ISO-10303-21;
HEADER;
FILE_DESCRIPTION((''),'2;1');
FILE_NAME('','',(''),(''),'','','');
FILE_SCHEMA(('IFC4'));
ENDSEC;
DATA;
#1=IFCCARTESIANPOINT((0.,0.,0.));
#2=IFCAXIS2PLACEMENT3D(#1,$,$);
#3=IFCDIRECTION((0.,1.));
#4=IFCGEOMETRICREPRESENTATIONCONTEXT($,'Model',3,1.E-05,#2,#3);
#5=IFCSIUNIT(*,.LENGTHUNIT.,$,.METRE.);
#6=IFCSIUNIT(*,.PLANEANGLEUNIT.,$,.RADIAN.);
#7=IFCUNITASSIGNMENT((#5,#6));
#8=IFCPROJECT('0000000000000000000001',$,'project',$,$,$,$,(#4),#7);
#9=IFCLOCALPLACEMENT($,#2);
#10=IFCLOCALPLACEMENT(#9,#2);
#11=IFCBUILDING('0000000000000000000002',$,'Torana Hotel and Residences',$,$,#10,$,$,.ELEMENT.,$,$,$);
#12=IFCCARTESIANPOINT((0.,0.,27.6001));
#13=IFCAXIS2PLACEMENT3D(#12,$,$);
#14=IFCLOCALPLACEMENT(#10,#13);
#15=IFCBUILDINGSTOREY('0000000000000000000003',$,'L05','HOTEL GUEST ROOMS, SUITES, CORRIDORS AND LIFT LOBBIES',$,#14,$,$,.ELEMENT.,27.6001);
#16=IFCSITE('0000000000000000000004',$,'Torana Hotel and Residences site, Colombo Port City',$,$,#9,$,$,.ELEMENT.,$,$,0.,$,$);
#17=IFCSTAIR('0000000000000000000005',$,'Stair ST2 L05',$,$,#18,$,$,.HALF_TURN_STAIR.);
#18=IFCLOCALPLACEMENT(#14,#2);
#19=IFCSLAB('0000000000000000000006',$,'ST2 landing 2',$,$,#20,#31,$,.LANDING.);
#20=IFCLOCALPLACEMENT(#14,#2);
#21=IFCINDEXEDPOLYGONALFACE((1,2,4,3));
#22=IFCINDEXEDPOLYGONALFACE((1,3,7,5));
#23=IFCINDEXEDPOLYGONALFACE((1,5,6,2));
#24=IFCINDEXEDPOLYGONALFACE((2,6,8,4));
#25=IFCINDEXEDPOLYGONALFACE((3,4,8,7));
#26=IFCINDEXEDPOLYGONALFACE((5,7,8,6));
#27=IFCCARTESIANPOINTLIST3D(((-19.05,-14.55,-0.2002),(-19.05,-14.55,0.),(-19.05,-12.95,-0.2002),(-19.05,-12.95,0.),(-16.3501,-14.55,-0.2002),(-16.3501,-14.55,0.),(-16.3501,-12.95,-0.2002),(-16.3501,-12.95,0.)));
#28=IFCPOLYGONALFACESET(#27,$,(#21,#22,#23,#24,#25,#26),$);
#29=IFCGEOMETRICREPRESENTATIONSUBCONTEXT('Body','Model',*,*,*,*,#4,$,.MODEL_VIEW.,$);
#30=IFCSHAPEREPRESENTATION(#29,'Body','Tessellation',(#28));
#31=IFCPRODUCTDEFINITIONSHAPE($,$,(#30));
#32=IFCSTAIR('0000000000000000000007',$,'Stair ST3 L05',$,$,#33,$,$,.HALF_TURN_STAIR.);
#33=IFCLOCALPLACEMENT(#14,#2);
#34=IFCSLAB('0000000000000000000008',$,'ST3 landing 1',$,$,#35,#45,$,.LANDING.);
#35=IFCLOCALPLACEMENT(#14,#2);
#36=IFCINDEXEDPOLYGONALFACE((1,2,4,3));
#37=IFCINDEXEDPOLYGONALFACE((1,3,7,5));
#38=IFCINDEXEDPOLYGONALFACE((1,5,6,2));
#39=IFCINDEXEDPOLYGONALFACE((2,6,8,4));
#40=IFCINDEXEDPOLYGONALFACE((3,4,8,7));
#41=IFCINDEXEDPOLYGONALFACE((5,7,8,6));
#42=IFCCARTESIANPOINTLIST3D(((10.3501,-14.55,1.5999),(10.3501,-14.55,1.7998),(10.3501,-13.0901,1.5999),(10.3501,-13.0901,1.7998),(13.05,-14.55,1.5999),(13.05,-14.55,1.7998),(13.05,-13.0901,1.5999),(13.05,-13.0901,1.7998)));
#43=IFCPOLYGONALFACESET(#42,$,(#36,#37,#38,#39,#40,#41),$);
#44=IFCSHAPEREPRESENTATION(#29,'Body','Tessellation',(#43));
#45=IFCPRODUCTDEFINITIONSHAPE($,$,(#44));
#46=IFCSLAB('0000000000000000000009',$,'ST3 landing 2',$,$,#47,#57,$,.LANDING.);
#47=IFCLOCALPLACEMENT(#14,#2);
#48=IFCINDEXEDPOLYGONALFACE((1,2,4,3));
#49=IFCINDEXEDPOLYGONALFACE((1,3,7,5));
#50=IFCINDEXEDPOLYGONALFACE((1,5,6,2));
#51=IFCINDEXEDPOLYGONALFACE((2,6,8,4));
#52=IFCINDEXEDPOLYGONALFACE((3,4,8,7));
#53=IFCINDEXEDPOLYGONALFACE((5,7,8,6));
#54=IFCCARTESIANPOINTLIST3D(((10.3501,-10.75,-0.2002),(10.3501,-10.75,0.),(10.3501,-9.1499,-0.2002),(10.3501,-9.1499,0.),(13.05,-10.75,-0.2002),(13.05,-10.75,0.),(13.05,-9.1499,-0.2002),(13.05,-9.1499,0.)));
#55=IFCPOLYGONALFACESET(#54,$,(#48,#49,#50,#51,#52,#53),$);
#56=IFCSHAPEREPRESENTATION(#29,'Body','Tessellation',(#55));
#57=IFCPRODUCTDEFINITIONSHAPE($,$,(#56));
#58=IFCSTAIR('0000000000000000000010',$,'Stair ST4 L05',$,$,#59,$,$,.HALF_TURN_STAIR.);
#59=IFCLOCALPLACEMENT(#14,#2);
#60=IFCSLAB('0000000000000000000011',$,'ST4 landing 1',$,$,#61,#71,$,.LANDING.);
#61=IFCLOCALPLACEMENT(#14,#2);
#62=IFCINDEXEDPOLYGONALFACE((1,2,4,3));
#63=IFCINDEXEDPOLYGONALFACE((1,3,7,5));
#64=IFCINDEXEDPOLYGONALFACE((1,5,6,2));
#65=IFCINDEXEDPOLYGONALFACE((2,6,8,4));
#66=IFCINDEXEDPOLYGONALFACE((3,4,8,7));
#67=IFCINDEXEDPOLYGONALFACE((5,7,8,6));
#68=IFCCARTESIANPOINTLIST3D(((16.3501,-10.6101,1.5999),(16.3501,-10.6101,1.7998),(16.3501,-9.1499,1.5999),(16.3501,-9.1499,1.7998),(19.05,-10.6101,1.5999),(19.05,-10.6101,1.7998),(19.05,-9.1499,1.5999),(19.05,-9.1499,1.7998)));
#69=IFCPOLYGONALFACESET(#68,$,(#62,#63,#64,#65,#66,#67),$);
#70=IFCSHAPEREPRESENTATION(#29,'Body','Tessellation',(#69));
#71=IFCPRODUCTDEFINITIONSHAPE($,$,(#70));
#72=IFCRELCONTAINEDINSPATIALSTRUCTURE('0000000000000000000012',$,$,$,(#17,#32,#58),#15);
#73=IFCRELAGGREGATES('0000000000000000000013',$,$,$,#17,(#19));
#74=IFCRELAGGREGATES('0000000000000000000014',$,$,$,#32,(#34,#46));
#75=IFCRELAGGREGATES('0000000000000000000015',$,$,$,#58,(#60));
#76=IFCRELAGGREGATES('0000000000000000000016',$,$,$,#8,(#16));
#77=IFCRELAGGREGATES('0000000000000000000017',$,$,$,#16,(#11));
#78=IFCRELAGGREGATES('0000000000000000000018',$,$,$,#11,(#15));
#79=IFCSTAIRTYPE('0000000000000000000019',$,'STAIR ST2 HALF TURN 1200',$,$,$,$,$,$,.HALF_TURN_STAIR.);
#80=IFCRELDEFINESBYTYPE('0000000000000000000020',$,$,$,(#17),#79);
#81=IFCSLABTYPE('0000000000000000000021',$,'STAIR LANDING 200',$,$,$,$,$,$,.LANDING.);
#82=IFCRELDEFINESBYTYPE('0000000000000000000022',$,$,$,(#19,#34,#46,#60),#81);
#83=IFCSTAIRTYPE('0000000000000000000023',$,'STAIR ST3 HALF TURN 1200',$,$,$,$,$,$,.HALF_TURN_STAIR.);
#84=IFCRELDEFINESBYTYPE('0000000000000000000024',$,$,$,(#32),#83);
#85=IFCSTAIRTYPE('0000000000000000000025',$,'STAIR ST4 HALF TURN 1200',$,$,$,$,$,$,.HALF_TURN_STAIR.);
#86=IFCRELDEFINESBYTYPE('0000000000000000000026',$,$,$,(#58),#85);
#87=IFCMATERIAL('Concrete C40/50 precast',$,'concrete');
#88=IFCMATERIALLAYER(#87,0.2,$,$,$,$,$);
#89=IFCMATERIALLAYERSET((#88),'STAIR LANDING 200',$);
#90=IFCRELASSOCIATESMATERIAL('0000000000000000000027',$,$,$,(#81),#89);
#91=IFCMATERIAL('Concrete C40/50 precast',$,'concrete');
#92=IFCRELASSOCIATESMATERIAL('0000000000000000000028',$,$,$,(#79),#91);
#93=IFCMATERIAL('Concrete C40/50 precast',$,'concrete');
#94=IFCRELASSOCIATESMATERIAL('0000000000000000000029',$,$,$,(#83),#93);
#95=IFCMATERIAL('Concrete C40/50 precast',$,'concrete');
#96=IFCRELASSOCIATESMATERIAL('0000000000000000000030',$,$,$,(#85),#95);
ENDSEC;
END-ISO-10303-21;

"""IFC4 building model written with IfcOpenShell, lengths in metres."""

from ifc_helpers import new_model, si_unit, direction, frame, origin, place, context, subcontext, project, spatial, polyline, outline, extrude, material, layer, layer_set, type_object, element, aggregate, save


model = new_model("IFC4")

# Units and contexts
model_context = context("Model", 3, precision=1e-05, world=origin(), true_north=direction((0.0, 1.0)))
body_context = subcontext(model_context, "Body", "Model", "MODEL_VIEW")
ifc_project = project(units=[si_unit("LENGTHUNIT", "METRE"), si_unit("PLANEANGLEUNIT", "RADIAN")], contexts=[model_context])

# Site, building, storey
site_placement = place(None, origin())
site = spatial("IfcSite", under=ifc_project, at=site_placement, Name="Torana Hotel and Residences site, Colombo Port City", CompositionType="ELEMENT", RefElevation=0.0)
building_placement = place(site_placement, origin())
building = spatial("IfcBuilding", under=site, at=building_placement, Name="Torana Hotel and Residences", CompositionType="ELEMENT")
storey_placement = place(building_placement, frame((0.0, 0.0, 27.6001)))
storey = spatial("IfcBuildingStorey", under=building, at=storey_placement, Name="L05", Description="HOTEL GUEST ROOMS, SUITES, CORRIDORS AND LIFT LOBBIES", CompositionType="ELEMENT", Elevation=27.6001)

# Stairs, slabs
ifc_material_1 = material(Name="Concrete C40/50 precast", Category="concrete")
ifc_layer_1 = layer(ifc_material_1, 0.2)
ifc_layer_set_1 = layer_set([ifc_layer_1], Name="STAIR LANDING 200")
slab_type_1 = type_object("IfcSlabType", Name="STAIR LANDING 200", PredefinedType="LANDING", material=ifc_layer_set_1)
ifc_material_2 = material(Name="Concrete C40/50 precast", Category="concrete")
stair_type_1 = type_object("IfcStairType", Name="STAIR ST2 HALF TURN 1200", PredefinedType="HALF_TURN_STAIR", material=ifc_material_2)
stair_1_placement = place(storey_placement, origin())
stair_1 = element("IfcStair", 1, at=stair_1_placement, inside=storey, type_object=stair_type_1, Name="Stair ST2 L05", PredefinedType="HALF_TURN_STAIR")
slab_1_placement = place(storey_placement, frame((0.0, 0.0, -0.2002)))
slab_1 = element("IfcSlab", 2, at=slab_1_placement, type_object=slab_type_1, Name="ST2 landing 2", PredefinedType="LANDING", context=body_context, shape_type="SweptSolid", body=[
    extrude(outline(polyline([(-19.05, -14.55), (-16.3501, -14.55), (-16.3501, -12.95), (-19.05, -12.95), (-19.05, -14.55)])), origin(), (0.0, 0.0, 1.0), 0.2002),
])
aggregate(stair_1, [slab_1])
ifc_material_3 = material(Name="Concrete C40/50 precast", Category="concrete")
stair_type_2 = type_object("IfcStairType", Name="STAIR ST3 HALF TURN 1200", PredefinedType="HALF_TURN_STAIR", material=ifc_material_3)
stair_2_placement = place(storey_placement, origin())
stair_2 = element("IfcStair", 3, at=stair_2_placement, inside=storey, type_object=stair_type_2, Name="Stair ST3 L05", PredefinedType="HALF_TURN_STAIR")
slab_2_placement = place(storey_placement, frame((0.0, 0.0, 1.5999)))
slab_2 = element("IfcSlab", 4, at=slab_2_placement, type_object=slab_type_1, Name="ST3 landing 1", PredefinedType="LANDING", context=body_context, shape_type="SweptSolid", body=[
    extrude(outline(polyline([(10.3501, -14.55), (13.05, -14.55), (13.05, -13.0901), (10.3501, -13.0901), (10.3501, -14.55)])), origin(), (0.0, 0.0, 1.0), 0.2),
])
slab_3_placement = place(storey_placement, frame((0.0, 0.0, -0.2002)))
slab_3 = element("IfcSlab", 5, at=slab_3_placement, type_object=slab_type_1, Name="ST3 landing 2", PredefinedType="LANDING", context=body_context, shape_type="SweptSolid", body=[
    extrude(outline(polyline([(10.3501, -10.75), (13.05, -10.75), (13.05, -9.1499), (10.3501, -9.1499), (10.3501, -10.75)])), origin(), (0.0, 0.0, 1.0), 0.2002),
])
aggregate(stair_2, [slab_2, slab_3])

# Stair, slab
ifc_material_4 = material(Name="Concrete C40/50 precast", Category="concrete")
stair_type_3 = type_object("IfcStairType", Name="STAIR ST4 HALF TURN 1200", PredefinedType="HALF_TURN_STAIR", material=ifc_material_4)
stair_3_placement = place(storey_placement, origin())
stair_3 = element("IfcStair", 6, at=stair_3_placement, inside=storey, type_object=stair_type_3, Name="Stair ST4 L05", PredefinedType="HALF_TURN_STAIR")
slab_4_placement = place(storey_placement, frame((0.0, 0.0, 1.5999)))
slab_4 = element("IfcSlab", 7, at=slab_4_placement, type_object=slab_type_1, Name="ST4 landing 1", PredefinedType="LANDING", context=body_context, shape_type="SweptSolid", body=[
    extrude(outline(polyline([(16.3501, -10.6101), (19.05, -10.6101), (19.05, -9.1499), (16.3501, -9.1499), (16.3501, -10.6101)])), origin(), (0.0, 0.0, 1.0), 0.2),
])
aggregate(stair_3, [slab_4])

save(model, "model.ifc")
